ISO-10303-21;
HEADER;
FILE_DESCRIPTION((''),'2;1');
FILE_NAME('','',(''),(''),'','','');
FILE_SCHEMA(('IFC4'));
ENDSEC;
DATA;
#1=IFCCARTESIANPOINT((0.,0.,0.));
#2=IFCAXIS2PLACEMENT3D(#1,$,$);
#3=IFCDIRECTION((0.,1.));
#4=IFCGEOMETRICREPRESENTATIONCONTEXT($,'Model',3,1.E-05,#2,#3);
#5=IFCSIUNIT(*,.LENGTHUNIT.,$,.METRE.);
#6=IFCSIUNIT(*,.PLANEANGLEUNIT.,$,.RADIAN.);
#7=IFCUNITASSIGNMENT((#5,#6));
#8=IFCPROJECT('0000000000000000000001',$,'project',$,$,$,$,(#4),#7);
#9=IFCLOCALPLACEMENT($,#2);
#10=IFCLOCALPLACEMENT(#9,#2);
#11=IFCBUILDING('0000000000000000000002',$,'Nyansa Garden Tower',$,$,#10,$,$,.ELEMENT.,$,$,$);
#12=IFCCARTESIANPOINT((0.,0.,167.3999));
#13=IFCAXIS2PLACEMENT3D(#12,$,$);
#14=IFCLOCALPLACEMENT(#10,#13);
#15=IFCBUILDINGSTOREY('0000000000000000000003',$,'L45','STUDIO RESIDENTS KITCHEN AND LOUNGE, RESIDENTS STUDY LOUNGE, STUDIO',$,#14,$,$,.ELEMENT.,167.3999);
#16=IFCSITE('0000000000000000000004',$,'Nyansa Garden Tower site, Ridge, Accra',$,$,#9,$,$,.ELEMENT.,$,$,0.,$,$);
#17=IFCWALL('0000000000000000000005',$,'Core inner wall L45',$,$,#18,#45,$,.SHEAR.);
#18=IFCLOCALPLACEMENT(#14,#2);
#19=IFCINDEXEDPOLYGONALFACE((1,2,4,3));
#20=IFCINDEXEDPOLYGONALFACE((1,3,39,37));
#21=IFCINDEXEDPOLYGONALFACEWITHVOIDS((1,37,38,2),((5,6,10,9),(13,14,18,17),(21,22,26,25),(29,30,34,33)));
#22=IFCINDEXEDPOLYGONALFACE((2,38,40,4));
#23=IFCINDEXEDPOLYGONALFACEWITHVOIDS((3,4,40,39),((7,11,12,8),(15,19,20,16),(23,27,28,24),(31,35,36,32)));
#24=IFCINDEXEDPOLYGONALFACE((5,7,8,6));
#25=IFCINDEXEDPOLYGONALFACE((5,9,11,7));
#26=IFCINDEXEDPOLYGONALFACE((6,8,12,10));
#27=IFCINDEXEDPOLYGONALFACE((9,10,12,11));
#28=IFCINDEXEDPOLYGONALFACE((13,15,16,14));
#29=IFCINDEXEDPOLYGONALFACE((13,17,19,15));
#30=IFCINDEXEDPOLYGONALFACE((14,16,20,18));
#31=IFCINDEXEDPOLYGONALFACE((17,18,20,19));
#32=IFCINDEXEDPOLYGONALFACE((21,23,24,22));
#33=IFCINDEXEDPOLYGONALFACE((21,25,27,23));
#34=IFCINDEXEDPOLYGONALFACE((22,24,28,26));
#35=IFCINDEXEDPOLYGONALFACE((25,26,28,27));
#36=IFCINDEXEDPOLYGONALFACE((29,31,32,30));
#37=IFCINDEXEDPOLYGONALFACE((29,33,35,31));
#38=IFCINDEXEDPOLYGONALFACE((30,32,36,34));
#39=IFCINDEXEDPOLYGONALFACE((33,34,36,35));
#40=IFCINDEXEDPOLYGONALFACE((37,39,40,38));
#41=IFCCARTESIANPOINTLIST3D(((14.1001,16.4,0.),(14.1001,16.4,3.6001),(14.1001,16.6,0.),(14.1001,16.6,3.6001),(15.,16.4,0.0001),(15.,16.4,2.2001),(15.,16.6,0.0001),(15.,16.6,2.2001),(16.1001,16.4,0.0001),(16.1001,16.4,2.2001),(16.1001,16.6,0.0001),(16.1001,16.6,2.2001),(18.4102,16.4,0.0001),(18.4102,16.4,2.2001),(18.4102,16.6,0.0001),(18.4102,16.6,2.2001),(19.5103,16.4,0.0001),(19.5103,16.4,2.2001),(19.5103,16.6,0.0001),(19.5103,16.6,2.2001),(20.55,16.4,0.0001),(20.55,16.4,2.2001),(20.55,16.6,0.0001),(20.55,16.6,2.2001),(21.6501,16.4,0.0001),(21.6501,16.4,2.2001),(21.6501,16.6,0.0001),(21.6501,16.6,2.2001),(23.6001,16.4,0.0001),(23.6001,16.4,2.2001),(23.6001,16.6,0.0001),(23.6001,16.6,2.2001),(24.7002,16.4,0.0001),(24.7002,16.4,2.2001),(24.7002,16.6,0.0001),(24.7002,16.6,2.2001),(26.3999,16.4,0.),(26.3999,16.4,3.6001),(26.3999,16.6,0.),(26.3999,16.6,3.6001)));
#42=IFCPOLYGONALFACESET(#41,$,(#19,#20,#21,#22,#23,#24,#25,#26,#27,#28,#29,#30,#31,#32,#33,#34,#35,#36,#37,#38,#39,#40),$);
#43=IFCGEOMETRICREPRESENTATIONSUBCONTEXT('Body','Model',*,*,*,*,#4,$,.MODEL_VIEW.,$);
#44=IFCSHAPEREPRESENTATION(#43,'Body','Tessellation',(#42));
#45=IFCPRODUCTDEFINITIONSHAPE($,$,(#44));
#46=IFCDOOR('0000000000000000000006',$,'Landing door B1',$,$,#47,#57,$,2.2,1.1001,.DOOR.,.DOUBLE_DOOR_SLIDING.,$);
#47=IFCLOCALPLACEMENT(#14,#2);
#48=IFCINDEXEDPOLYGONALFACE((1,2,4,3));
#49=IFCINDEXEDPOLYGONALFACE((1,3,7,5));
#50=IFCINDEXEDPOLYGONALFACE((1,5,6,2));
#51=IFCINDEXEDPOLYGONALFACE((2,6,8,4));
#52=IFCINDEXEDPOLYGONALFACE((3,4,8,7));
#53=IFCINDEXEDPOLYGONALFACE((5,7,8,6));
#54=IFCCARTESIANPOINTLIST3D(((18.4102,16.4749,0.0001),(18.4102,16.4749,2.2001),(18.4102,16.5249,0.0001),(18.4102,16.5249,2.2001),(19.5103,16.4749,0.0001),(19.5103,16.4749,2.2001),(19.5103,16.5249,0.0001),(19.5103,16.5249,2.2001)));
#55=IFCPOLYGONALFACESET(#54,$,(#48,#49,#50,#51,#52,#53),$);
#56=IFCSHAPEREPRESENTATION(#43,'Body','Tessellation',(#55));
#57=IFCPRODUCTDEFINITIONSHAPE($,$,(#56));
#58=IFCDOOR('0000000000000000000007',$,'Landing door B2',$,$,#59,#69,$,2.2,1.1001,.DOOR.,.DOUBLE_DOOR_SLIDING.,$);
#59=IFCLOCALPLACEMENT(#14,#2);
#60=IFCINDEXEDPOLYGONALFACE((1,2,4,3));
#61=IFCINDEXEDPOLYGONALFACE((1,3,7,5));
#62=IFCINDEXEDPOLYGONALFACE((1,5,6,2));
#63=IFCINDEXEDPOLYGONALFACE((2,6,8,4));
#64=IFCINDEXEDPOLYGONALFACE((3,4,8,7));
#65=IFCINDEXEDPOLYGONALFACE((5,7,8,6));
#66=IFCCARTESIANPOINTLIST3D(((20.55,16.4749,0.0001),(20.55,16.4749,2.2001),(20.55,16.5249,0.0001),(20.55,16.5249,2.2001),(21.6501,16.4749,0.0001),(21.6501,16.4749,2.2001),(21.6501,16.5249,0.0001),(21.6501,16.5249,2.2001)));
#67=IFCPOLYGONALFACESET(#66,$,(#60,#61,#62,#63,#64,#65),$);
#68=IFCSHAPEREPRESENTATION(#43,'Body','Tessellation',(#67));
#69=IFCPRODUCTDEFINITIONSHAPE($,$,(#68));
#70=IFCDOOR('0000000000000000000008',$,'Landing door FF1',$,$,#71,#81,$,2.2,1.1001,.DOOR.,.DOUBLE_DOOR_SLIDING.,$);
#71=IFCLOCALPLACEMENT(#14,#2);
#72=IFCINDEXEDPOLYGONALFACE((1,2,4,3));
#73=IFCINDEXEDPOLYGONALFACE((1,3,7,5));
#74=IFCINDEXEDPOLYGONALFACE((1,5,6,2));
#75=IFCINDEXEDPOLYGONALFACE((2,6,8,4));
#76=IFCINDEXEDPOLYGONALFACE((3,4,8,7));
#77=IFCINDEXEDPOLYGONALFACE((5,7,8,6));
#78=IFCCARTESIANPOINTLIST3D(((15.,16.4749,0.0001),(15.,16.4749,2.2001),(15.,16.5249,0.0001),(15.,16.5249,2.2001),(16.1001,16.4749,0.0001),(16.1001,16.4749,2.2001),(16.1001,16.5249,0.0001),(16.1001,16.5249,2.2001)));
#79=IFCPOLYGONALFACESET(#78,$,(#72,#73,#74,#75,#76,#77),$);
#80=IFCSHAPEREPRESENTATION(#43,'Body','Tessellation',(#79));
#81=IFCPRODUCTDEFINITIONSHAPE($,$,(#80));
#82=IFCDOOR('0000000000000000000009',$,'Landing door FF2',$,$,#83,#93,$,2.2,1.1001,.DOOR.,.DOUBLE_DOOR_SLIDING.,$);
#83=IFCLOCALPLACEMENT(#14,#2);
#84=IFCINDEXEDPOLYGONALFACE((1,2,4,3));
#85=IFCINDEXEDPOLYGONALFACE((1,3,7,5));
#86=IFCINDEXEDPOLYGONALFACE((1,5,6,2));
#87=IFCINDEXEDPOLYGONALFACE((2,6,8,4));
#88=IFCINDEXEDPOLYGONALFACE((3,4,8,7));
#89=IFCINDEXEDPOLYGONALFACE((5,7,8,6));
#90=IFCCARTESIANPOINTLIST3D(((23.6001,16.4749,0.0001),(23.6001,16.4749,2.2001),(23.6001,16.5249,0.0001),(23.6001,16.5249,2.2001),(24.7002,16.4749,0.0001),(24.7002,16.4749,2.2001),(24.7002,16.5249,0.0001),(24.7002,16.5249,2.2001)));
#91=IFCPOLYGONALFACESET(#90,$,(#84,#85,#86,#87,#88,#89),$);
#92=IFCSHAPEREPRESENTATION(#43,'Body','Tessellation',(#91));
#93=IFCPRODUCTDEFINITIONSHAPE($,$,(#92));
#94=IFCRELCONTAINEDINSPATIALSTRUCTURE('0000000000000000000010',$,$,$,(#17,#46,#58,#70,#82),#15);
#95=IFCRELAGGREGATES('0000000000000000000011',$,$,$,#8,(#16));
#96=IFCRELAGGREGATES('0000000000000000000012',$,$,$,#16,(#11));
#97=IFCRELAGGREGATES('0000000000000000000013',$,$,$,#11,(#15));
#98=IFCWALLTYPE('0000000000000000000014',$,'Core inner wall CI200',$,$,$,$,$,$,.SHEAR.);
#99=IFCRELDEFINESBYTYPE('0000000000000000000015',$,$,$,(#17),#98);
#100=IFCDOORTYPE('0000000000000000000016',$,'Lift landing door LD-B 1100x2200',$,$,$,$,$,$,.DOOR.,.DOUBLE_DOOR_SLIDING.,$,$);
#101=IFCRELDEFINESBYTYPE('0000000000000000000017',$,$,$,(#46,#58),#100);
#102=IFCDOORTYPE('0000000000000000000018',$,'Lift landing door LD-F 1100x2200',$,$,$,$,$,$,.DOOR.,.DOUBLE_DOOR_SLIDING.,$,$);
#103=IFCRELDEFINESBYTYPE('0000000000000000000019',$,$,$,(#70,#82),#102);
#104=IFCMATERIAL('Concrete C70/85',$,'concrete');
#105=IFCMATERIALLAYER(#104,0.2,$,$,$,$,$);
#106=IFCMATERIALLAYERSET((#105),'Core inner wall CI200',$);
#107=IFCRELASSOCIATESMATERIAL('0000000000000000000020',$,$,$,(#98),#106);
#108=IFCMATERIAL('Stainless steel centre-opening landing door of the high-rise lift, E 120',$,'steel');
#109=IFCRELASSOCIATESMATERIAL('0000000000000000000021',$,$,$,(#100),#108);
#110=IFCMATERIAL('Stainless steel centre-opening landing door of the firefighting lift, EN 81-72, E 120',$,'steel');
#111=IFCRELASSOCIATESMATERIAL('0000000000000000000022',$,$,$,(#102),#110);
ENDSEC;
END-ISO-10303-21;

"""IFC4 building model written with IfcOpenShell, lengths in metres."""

from ifc_helpers import new_model, si_unit, direction, frame, frame_2d, origin, place, context, subcontext, project, spatial, rectangle, extrude, material, layer, layer_set, type_object, element, fill, save


model = new_model("IFC4")

# Units and contexts
model_context = context("Model", 3, precision=1e-05, world=origin(), true_north=direction((0.0, 1.0)))
body_context = subcontext(model_context, "Body", "Model", "MODEL_VIEW")
ifc_project = project(units=[si_unit("LENGTHUNIT", "METRE"), si_unit("PLANEANGLEUNIT", "RADIAN")], contexts=[model_context])

# Site, building, storey
site_placement = place(None, origin())
site = spatial("IfcSite", under=ifc_project, at=site_placement, Name="Nyansa Garden Tower site, Ridge, Accra", CompositionType="ELEMENT", RefElevation=0.0)
building_placement = place(site_placement, origin())
building = spatial("IfcBuilding", under=site, at=building_placement, Name="Nyansa Garden Tower", CompositionType="ELEMENT")
storey_placement = place(building_placement, frame((0.0, 0.0, 167.3999)))
storey = spatial("IfcBuildingStorey", under=building, at=storey_placement, Name="L45", Description="STUDIO RESIDENTS KITCHEN AND LOUNGE, RESIDENTS STUDY LOUNGE, STUDIO", CompositionType="ELEMENT", Elevation=167.3999)

# Wall, openings, doors
ifc_material_1 = material(Name="Concrete C70/85", Category="concrete")
ifc_layer_1 = layer(ifc_material_1, 0.2)
ifc_layer_set_1 = layer_set([ifc_layer_1], Name="Core inner wall CI200")
wall_type_1 = type_object("IfcWallType", Name="Core inner wall CI200", PredefinedType="SHEAR", material=ifc_layer_set_1)
wall_1_placement = place(storey_placement, frame((14.1001, 16.5, 0.0), z_axis=(0.0, 0.0, 1.0), x_axis=(1.0, 0.0, 0.0)))
wall_1 = element("IfcWall", 1, at=wall_1_placement, inside=storey, type_object=wall_type_1, Name="Core inner wall L45", PredefinedType="SHEAR", context=body_context, shape_type="SweptSolid", body=[
    extrude(rectangle(XDim=12.2998, YDim=0.2, at=frame_2d((6.1499, 0.0))), origin(), (0.0, 0.0, 1.0), 3.6001),
])
opening_1_placement = place(wall_1_placement, frame((0.8999, 0.0, 0.0)))
opening_1 = element("IfcOpeningElement", 2, at=opening_1_placement, cuts=wall_1, PredefinedType="OPENING", context=body_context, shape_type="SweptSolid", body=[
    extrude(rectangle(XDim=1.1001, YDim=2.2, at=frame_2d((0.55, 1.1001))), frame((0.0, 0.1099, 0.0), z_axis=(0.0, -1.0, 0.0), x_axis=(1.0, 0.0, 0.0)), (0.0, 0.0, 1.0), 0.22),
])
opening_2_placement = place(wall_1_placement, frame((4.3101, 0.0, 0.0)))
opening_2 = element("IfcOpeningElement", 3, at=opening_2_placement, cuts=wall_1, PredefinedType="OPENING", context=body_context, shape_type="SweptSolid", body=[
    extrude(rectangle(XDim=1.1001, YDim=2.2, at=frame_2d((0.55, 1.1001))), frame((0.0, 0.1099, 0.0), z_axis=(0.0, -1.0, 0.0), x_axis=(1.0, 0.0, 0.0)), (0.0, 0.0, 1.0), 0.22),
])
opening_3_placement = place(wall_1_placement, frame((6.45, 0.0, 0.0)))
opening_3 = element("IfcOpeningElement", 4, at=opening_3_placement, cuts=wall_1, PredefinedType="OPENING", context=body_context, shape_type="SweptSolid", body=[
    extrude(rectangle(XDim=1.1001, YDim=2.2, at=frame_2d((0.55, 1.1001))), frame((0.0, 0.1099, 0.0), z_axis=(0.0, -1.0, 0.0), x_axis=(1.0, 0.0, 0.0)), (0.0, 0.0, 1.0), 0.22),
])
opening_4_placement = place(wall_1_placement, frame((9.5, 0.0, 0.0)))
opening_4 = element("IfcOpeningElement", 5, at=opening_4_placement, cuts=wall_1, PredefinedType="OPENING", context=body_context, shape_type="SweptSolid", body=[
    extrude(rectangle(XDim=1.1001, YDim=2.2, at=frame_2d((0.55, 1.1001))), frame((0.0, 0.1099, 0.0), z_axis=(0.0, -1.0, 0.0), x_axis=(1.0, 0.0, 0.0)), (0.0, 0.0, 1.0), 0.22),
])
ifc_material_2 = material(Name="Stainless steel centre-opening landing door of the high-rise lift, E 120", Category="steel")
door_type_1 = type_object("IfcDoorType", Name="Lift landing door LD-B 1100x2200", OperationType="DOUBLE_DOOR_SLIDING", PredefinedType="DOOR", material=ifc_material_2)
door_1_placement = place(opening_2_placement, origin())
door_1 = element("IfcDoor", 6, at=door_1_placement, inside=storey, type_object=door_type_1, Name="Landing door B1", OperationType="DOUBLE_DOOR_SLIDING", OverallHeight=2.2, OverallWidth=1.1001, PredefinedType="DOOR", context=body_context, shape_type="SweptSolid", body=[
    extrude(rectangle(XDim=1.1001, YDim=2.2, at=frame_2d((0.55, 1.1001))), frame((0.0, 0.0249, 0.0), z_axis=(0.0, -1.0, 0.0), x_axis=(1.0, 0.0, 0.0)), (0.0, 0.0, 1.0), 0.05),
])
fill(opening_2, door_1)
door_2_placement = place(opening_3_placement, origin())
door_2 = element("IfcDoor", 7, at=door_2_placement, inside=storey, type_object=door_type_1, Name="Landing door B2", OperationType="DOUBLE_DOOR_SLIDING", OverallHeight=2.2, OverallWidth=1.1001, PredefinedType="DOOR", context=body_context, shape_type="SweptSolid", body=[
    extrude(rectangle(XDim=1.1001, YDim=2.2, at=frame_2d((0.55, 1.1001))), frame((0.0, 0.0249, 0.0), z_axis=(0.0, -1.0, 0.0), x_axis=(1.0, 0.0, 0.0)), (0.0, 0.0, 1.0), 0.05),
])
fill(opening_3, door_2)
ifc_material_3 = material(Name="Stainless steel centre-opening landing door of the firefighting lift, EN 81-72, E 120", Category="steel")
door_type_2 = type_object("IfcDoorType", Name="Lift landing door LD-F 1100x2200", OperationType="DOUBLE_DOOR_SLIDING", PredefinedType="DOOR", material=ifc_material_3)
door_3_placement = place(opening_1_placement, origin())
door_3 = element("IfcDoor", 8, at=door_3_placement, inside=storey, type_object=door_type_2, Name="Landing door FF1", OperationType="DOUBLE_DOOR_SLIDING", OverallHeight=2.2, OverallWidth=1.1001, PredefinedType="DOOR", context=body_context, shape_type="SweptSolid", body=[
    extrude(rectangle(XDim=1.1001, YDim=2.2, at=frame_2d((0.55, 1.1001))), frame((0.0, 0.0249, 0.0), z_axis=(0.0, -1.0, 0.0), x_axis=(1.0, 0.0, 0.0)), (0.0, 0.0, 1.0), 0.05),
])
fill(opening_1, door_3)
door_4_placement = place(opening_4_placement, origin())
door_4 = element("IfcDoor", 9, at=door_4_placement, inside=storey, type_object=door_type_2, Name="Landing door FF2", OperationType="DOUBLE_DOOR_SLIDING", OverallHeight=2.2, OverallWidth=1.1001, PredefinedType="DOOR", context=body_context, shape_type="SweptSolid", body=[
    extrude(rectangle(XDim=1.1001, YDim=2.2, at=frame_2d((0.55, 1.1001))), frame((0.0, 0.0249, 0.0), z_axis=(0.0, -1.0, 0.0), x_axis=(1.0, 0.0, 0.0)), (0.0, 0.0, 1.0), 0.05),
])
fill(opening_4, door_4)

save(model, "model.ifc")
